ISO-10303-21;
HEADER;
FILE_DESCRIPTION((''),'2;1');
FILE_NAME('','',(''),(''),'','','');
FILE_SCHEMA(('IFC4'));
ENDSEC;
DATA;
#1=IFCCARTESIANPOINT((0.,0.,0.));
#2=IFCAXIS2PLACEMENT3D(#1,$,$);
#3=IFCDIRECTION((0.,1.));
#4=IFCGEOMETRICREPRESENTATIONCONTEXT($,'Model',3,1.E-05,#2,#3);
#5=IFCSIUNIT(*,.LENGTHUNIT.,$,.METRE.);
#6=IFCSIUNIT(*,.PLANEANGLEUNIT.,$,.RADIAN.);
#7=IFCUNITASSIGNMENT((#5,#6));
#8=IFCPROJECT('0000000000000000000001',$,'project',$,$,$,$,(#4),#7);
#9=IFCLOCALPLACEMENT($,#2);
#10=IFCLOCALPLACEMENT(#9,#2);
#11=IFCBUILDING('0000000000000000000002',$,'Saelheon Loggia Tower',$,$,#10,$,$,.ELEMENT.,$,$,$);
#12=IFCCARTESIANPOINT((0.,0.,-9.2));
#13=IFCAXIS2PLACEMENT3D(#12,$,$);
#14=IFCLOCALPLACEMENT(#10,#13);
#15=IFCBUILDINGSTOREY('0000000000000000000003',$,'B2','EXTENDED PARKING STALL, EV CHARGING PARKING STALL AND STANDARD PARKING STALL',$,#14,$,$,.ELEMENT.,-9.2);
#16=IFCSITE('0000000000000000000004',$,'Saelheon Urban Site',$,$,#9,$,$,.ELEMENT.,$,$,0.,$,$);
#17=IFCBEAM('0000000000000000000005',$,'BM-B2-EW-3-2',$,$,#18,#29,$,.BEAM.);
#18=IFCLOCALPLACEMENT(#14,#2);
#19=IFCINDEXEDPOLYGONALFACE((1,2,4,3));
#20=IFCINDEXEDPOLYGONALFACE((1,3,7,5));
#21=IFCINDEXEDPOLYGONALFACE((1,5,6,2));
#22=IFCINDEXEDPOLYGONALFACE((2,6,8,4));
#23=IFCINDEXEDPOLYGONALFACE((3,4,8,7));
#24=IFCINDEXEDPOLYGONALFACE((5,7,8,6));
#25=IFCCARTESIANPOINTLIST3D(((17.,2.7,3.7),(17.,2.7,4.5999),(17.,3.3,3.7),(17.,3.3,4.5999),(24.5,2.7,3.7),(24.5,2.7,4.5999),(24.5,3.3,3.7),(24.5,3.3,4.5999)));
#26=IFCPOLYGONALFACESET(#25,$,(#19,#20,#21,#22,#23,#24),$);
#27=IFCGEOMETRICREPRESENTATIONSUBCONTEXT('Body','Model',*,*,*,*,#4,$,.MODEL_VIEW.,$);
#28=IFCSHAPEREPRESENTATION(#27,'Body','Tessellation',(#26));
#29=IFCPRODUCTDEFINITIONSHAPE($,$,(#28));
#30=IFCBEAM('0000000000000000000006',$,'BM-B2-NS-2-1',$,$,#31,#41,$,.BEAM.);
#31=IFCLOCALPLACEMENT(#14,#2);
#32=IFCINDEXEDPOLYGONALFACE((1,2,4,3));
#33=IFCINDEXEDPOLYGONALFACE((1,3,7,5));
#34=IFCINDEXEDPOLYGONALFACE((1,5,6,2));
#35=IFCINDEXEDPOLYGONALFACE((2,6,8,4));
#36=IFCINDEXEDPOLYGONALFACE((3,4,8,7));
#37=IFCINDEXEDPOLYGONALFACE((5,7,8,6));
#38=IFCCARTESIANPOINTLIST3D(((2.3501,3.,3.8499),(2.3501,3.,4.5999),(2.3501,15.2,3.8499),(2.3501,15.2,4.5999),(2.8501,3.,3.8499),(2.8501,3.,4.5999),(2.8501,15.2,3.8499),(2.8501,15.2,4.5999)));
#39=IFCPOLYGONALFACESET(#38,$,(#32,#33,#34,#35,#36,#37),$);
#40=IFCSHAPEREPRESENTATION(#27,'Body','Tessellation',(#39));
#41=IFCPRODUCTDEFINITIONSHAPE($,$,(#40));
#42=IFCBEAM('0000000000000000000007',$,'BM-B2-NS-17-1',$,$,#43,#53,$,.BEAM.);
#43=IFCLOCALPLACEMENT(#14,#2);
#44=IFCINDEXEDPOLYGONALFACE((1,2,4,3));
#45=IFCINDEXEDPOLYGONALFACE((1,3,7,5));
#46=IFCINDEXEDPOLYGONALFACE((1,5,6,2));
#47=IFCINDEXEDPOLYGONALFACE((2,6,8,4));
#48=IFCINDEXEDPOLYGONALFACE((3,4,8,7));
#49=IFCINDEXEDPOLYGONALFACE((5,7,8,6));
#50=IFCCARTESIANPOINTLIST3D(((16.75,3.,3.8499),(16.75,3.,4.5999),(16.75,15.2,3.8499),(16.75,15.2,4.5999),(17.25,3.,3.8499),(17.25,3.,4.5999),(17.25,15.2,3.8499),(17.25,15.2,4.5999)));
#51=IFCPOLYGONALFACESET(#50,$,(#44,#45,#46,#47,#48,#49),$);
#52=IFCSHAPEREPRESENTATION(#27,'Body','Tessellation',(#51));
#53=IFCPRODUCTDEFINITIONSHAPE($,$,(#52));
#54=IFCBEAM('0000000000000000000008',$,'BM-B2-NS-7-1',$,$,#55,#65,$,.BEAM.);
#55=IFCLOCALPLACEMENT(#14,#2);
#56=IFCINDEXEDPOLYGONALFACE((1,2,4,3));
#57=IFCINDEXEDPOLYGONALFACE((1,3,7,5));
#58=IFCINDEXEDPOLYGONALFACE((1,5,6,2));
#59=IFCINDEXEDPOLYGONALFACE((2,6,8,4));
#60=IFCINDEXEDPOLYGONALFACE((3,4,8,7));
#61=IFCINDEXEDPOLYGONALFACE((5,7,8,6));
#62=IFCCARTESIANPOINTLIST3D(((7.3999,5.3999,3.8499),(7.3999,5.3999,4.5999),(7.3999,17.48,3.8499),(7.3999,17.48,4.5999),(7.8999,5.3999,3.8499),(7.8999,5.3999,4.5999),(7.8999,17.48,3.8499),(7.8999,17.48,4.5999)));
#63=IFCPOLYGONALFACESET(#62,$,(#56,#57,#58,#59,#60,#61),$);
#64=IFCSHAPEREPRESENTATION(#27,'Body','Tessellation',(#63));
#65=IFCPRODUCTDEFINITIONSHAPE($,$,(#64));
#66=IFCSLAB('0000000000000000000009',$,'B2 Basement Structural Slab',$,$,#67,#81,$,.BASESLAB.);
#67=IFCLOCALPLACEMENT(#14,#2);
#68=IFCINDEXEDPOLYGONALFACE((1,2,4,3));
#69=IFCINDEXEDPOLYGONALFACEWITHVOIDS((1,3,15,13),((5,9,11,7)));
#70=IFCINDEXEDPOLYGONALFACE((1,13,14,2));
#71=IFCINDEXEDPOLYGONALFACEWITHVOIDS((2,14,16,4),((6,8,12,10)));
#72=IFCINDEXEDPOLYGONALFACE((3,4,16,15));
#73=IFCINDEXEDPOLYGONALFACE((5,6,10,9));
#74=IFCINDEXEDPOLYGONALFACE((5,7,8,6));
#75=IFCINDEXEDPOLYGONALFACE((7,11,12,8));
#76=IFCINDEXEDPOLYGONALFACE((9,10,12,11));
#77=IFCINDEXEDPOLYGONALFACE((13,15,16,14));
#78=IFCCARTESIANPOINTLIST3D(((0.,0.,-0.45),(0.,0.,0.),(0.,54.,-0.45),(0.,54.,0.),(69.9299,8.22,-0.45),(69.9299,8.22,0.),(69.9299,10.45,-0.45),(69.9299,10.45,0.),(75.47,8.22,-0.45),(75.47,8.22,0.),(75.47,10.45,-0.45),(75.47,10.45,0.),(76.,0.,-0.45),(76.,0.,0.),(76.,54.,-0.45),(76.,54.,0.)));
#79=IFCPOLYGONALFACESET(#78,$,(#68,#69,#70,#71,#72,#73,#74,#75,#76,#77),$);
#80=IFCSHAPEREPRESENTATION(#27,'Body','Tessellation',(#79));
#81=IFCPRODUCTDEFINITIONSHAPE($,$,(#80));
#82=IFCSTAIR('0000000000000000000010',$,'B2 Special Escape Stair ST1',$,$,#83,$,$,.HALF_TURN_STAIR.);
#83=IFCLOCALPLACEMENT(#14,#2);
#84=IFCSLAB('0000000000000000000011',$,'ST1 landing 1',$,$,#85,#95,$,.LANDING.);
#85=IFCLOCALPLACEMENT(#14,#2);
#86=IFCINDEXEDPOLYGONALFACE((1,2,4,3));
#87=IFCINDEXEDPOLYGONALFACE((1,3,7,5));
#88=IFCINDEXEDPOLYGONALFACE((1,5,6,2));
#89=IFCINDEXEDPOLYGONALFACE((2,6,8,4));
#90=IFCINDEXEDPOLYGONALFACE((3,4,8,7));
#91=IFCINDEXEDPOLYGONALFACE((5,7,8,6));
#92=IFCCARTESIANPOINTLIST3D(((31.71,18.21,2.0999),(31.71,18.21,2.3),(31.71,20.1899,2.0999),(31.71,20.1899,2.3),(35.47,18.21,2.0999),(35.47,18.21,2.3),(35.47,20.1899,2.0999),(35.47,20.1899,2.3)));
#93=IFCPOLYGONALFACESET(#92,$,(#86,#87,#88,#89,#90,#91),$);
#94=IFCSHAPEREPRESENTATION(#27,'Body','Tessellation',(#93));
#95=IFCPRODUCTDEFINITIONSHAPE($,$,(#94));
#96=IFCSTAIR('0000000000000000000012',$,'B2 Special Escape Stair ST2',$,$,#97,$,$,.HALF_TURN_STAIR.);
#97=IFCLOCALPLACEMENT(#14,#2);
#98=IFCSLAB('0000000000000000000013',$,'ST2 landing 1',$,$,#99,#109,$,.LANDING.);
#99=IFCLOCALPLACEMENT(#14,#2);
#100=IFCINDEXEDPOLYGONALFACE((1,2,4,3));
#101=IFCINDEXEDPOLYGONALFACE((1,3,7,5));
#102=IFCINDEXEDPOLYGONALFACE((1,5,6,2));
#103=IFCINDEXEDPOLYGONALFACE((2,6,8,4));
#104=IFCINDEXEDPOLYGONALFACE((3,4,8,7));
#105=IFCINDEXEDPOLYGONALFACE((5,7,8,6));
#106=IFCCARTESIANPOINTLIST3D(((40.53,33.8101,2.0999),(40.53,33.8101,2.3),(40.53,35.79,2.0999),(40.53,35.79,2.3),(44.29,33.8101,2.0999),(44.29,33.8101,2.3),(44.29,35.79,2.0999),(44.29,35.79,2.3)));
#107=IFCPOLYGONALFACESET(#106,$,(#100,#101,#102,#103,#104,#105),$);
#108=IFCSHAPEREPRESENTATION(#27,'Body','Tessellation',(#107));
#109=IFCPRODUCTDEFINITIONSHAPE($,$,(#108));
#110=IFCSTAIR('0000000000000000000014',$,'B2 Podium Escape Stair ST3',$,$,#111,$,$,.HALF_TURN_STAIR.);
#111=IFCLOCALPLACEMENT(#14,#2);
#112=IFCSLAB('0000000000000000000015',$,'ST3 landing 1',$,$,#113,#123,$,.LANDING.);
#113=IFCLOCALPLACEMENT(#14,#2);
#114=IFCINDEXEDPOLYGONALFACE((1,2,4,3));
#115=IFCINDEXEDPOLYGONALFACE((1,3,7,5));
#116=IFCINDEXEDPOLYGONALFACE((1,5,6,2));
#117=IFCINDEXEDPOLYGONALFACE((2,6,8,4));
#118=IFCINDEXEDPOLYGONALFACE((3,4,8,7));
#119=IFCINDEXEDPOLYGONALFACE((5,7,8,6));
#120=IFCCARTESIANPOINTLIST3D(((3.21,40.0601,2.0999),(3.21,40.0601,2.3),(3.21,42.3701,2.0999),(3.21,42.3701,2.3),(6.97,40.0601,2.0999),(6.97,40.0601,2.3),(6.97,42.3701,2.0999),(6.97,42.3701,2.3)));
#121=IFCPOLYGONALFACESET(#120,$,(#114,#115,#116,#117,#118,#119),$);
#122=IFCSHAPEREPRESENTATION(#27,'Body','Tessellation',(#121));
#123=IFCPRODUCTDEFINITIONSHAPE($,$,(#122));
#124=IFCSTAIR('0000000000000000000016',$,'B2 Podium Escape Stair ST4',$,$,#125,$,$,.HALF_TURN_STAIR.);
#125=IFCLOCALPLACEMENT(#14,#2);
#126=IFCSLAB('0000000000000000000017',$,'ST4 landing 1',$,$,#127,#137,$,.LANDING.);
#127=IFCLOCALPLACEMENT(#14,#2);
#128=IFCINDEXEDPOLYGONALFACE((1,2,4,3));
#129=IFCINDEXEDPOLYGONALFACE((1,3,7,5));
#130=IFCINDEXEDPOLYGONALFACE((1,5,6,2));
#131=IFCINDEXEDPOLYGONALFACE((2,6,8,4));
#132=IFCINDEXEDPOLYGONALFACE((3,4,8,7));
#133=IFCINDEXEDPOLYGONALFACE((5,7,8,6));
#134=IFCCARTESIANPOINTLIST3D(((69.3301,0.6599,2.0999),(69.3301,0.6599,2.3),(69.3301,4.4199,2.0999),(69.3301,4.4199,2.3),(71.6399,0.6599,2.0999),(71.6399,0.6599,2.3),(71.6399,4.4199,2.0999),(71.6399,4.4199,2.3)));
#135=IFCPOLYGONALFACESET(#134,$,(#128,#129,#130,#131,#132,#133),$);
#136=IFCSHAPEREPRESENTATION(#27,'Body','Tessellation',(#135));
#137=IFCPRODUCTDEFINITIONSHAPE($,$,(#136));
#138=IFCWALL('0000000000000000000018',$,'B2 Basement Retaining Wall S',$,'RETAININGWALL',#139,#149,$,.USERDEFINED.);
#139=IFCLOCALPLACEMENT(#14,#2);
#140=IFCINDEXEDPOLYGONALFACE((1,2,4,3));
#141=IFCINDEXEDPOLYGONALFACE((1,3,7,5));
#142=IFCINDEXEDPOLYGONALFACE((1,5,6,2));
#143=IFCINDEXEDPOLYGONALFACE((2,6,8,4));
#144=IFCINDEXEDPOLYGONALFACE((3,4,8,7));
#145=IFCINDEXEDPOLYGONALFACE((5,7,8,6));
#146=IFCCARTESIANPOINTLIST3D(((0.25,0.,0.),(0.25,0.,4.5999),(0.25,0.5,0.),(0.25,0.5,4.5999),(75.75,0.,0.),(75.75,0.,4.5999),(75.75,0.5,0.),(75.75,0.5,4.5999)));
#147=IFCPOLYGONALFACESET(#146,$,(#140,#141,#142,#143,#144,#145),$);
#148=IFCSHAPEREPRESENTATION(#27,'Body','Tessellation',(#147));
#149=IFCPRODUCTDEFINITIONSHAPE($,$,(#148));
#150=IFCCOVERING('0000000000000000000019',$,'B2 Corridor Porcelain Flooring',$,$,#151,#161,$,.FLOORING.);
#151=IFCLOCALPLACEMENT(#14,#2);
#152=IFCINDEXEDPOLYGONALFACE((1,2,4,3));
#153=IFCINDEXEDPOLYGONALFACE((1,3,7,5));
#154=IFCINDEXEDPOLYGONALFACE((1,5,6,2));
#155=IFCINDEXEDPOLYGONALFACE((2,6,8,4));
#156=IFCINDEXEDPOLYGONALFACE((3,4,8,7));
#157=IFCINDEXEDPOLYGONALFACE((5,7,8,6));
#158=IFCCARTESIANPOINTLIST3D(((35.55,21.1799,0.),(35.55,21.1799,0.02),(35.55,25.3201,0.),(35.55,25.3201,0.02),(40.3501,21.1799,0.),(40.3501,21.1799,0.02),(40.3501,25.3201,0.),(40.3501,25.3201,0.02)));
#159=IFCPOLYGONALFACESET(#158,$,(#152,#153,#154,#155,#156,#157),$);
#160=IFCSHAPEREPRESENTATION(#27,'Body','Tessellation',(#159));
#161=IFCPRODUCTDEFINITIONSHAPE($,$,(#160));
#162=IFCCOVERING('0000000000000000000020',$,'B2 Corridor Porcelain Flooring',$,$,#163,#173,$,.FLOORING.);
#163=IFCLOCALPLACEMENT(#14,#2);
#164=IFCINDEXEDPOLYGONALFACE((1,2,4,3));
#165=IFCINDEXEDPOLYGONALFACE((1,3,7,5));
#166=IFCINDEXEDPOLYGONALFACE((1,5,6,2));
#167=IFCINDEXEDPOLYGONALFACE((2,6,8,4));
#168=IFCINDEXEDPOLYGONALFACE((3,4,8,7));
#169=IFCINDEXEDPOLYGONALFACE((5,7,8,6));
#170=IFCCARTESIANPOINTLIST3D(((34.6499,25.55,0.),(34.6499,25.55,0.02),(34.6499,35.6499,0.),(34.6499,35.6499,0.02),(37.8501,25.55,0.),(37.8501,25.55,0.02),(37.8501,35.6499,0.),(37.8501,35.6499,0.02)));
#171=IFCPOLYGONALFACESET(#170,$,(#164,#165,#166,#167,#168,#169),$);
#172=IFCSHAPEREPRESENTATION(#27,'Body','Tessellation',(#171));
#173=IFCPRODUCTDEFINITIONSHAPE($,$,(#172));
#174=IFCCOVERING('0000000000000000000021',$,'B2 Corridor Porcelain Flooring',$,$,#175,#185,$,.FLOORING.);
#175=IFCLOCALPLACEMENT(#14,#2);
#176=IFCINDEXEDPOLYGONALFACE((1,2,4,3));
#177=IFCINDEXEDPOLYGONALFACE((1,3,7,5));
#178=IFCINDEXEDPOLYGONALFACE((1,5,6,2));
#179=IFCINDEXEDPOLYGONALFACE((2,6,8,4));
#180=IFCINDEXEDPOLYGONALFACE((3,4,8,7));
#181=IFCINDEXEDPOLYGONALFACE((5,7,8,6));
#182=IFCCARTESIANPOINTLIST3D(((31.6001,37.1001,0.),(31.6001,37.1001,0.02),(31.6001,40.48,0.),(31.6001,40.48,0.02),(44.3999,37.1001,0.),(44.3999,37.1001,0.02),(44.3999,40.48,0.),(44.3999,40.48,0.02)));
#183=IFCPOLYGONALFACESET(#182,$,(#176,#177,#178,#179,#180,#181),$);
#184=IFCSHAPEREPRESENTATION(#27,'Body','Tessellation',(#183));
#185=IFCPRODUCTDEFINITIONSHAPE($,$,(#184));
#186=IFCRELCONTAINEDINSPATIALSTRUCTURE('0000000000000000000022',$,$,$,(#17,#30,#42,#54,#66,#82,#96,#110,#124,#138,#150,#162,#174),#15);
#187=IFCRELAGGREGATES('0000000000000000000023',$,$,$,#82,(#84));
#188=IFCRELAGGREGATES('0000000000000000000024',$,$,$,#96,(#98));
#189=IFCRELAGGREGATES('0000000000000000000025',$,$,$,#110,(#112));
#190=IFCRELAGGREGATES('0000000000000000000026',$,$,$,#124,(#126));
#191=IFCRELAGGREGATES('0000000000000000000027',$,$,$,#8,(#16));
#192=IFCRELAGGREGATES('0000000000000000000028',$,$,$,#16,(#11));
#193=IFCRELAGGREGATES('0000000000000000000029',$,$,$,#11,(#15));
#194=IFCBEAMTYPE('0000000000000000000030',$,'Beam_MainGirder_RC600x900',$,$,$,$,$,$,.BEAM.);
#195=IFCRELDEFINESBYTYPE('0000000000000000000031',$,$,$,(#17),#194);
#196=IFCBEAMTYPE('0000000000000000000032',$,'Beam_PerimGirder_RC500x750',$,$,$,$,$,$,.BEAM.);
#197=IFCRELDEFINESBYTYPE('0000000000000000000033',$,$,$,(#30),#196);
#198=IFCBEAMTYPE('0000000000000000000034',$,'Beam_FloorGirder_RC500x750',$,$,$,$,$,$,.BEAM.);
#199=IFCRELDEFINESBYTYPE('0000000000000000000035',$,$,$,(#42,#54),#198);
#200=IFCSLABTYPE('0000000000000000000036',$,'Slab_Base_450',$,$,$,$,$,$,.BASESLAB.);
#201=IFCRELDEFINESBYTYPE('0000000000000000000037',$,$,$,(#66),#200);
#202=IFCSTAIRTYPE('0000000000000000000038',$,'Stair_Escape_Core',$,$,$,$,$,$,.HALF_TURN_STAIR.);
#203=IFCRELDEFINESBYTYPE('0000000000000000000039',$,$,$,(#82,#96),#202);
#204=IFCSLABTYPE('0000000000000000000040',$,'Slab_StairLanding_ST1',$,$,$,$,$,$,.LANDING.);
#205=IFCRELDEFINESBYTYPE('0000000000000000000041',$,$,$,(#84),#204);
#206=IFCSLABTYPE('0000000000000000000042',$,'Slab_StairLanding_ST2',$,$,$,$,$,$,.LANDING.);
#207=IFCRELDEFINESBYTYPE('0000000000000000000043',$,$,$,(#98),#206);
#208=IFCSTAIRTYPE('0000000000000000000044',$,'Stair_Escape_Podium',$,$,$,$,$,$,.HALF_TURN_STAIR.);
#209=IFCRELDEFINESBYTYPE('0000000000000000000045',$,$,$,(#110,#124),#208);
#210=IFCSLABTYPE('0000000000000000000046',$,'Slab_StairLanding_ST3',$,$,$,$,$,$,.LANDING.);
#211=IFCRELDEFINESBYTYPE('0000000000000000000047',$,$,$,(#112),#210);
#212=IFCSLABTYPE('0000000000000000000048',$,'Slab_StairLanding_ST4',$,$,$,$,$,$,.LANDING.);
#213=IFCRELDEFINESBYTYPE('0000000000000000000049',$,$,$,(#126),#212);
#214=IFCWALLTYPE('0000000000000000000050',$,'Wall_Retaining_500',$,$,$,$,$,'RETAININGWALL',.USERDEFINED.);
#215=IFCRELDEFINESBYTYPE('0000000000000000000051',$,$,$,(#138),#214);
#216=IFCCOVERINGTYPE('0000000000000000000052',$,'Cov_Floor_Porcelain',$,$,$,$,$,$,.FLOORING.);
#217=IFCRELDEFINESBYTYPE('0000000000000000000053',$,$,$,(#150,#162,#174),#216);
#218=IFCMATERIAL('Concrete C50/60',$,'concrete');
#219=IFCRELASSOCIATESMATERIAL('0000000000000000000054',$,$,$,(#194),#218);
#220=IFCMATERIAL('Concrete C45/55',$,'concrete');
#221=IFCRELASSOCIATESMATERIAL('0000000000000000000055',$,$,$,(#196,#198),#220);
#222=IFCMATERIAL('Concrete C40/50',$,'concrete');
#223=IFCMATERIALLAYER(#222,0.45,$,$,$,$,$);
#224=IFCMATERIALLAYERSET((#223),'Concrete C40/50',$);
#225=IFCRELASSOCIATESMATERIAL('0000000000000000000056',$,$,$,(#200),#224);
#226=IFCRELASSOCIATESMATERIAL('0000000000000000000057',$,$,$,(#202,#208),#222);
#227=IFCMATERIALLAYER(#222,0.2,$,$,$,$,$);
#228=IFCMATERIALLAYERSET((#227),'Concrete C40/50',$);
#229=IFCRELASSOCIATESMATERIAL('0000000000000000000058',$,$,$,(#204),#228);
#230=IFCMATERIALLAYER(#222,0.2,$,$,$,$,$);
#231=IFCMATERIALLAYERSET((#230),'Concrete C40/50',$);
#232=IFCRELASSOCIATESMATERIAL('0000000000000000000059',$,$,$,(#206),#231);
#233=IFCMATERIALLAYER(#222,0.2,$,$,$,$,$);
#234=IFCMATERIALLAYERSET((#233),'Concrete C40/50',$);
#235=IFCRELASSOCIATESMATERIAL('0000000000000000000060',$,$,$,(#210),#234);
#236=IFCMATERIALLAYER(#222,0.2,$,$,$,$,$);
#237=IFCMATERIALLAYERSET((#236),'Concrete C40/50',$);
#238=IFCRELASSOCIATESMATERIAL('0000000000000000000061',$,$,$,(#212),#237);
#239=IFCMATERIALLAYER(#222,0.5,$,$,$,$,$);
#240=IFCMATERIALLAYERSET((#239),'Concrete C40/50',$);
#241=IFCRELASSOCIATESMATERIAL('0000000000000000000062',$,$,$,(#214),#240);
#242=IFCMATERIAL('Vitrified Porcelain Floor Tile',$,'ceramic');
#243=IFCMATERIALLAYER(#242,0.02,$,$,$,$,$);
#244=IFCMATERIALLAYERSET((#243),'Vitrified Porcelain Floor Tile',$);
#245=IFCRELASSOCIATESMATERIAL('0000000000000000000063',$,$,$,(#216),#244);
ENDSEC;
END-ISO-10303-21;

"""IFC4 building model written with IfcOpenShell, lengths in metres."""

from ifc_helpers import new_model, si_unit, direction, frame, frame_2d, origin, origin_2d, place, context, subcontext, project, spatial, polyline, rectangle, outline, extrude, source, transform, mapped, material, layer, layer_set, material_profile, profile_set, type_object, element, aggregate, save


model = new_model("IFC4")

# Units and contexts
model_context = context("Model", 3, precision=1e-05, world=origin(), true_north=direction((0.0, 1.0)))
body_context = subcontext(model_context, "Body", "Model", "MODEL_VIEW")
ifc_project = project(units=[si_unit("LENGTHUNIT", "METRE"), si_unit("PLANEANGLEUNIT", "RADIAN")], contexts=[model_context])

# Site, building, storey
site_placement = place(None, origin())
site = spatial("IfcSite", under=ifc_project, at=site_placement, Name="Saelheon Urban Site", CompositionType="ELEMENT", RefElevation=0.0)
building_placement = place(site_placement, origin())
building = spatial("IfcBuilding", under=site, at=building_placement, Name="Saelheon Loggia Tower", CompositionType="ELEMENT")
storey_placement = place(building_placement, frame((0.0, 0.0, -9.2)))
storey = spatial("IfcBuildingStorey", under=building, at=storey_placement, Name="B2", Description="EXTENDED PARKING STALL, EV CHARGING PARKING STALL AND STANDARD PARKING STALL", CompositionType="ELEMENT", Elevation=-9.2)

# Shared definitions
ifc_material_1 = material(Name="Concrete C50/60", Category="concrete")

# Shared definitions
ifc_material_2 = material(Name="Concrete C45/55", Category="concrete")

# Beams
ifc_material_profile_1 = material_profile(ifc_material_1, rectangle(XDim=0.6001, YDim=0.8999, at=origin_2d()), Name="RC-600x900")
ifc_profile_set_1 = profile_set([ifc_material_profile_1], Name="Concrete C50/60")
beam_type_1 = type_object("IfcBeamType", Name="Beam_MainGirder_RC600x900", PredefinedType="BEAM", material=ifc_profile_set_1)
shared_shape_1 = source(origin(), body_context, "Body", "SweptSolid", [
    extrude(rectangle(XDim=0.6001, YDim=0.8999, at=origin_2d()), origin(), (0.0, 0.0, 1.0), 7.5),
])
beam_1_placement = place(storey_placement, frame((17.0, 3.0, 4.1499), z_axis=(1.0, 0.0, 0.0), x_axis=(0.0, 1.0, 0.0)))
element("IfcBeam", 1, at=beam_1_placement, inside=storey, type_object=beam_type_1, Name="BM-B2-EW-3-2", PredefinedType="BEAM", context=body_context, shape_type="MappedRepresentation", body=[
    mapped(shared_shape_1, transform((0.0, 0.0, 0.0), scale=1.0)),
])
ifc_material_profile_2 = material_profile(ifc_material_2, rectangle(XDim=0.5, YDim=0.75, at=origin_2d()), Name="RC-500x750")
ifc_profile_set_2 = profile_set([ifc_material_profile_2], Name="Concrete C45/55")
beam_type_2 = type_object("IfcBeamType", Name="Beam_PerimGirder_RC500x750", PredefinedType="BEAM", material=ifc_profile_set_2)
shared_shape_2 = source(origin(), body_context, "Body", "SweptSolid", [
    extrude(rectangle(XDim=0.5, YDim=0.75, at=origin_2d()), origin(), (0.0, 0.0, 1.0), 12.2),
])
beam_2_placement = place(storey_placement, frame((2.6001, 3.0, 4.2249), z_axis=(0.0, 1.0, 0.0), x_axis=(-1.0, 0.0, 0.0)))
element("IfcBeam", 2, at=beam_2_placement, inside=storey, type_object=beam_type_2, Name="BM-B2-NS-2-1", PredefinedType="BEAM", context=body_context, shape_type="MappedRepresentation", body=[
    mapped(shared_shape_2, transform((0.0, 0.0, 0.0), scale=1.0)),
])
ifc_material_profile_3 = material_profile(ifc_material_2, rectangle(XDim=0.5, YDim=0.75, at=origin_2d()), Name="RC-500x750")
ifc_profile_set_3 = profile_set([ifc_material_profile_3], Name="Concrete C45/55")
beam_type_3 = type_object("IfcBeamType", Name="Beam_FloorGirder_RC500x750", PredefinedType="BEAM", material=ifc_profile_set_3)
beam_3_placement = place(storey_placement, frame((17.0, 3.0, 4.2249), z_axis=(0.0, 1.0, 0.0), x_axis=(-1.0, 0.0, 0.0)))
element("IfcBeam", 3, at=beam_3_placement, inside=storey, type_object=beam_type_3, Name="BM-B2-NS-17-1", PredefinedType="BEAM", context=body_context, shape_type="MappedRepresentation", body=[
    mapped(shared_shape_2, transform((0.0, 0.0, 0.0), scale=1.0)),
])
shared_shape_3 = source(origin(), body_context, "Body", "SweptSolid", [
    extrude(rectangle(XDim=0.5, YDim=0.75, at=origin_2d()), origin(), (0.0, 0.0, 1.0), 12.0801),
])
beam_4_placement = place(storey_placement, frame((7.6499, 5.3999, 4.2249), z_axis=(0.0, 1.0, 0.0), x_axis=(-1.0, 0.0, 0.0)))
element("IfcBeam", 4, at=beam_4_placement, inside=storey, type_object=beam_type_3, Name="BM-B2-NS-7-1", PredefinedType="BEAM", context=body_context, shape_type="MappedRepresentation", body=[
    mapped(shared_shape_3, transform((0.0, 0.0, 0.0), scale=1.0)),
])

# Slab
ifc_material_3 = material(Name="Concrete C40/50", Category="concrete")
ifc_layer_1 = layer(ifc_material_3, 0.45)
ifc_layer_set_1 = layer_set([ifc_layer_1], Name="Concrete C40/50")
slab_type_1 = type_object("IfcSlabType", Name="Slab_Base_450", PredefinedType="BASESLAB", material=ifc_layer_set_1)
slab_1_placement = place(storey_placement, frame((0.0, 0.0, -0.45)))
element("IfcSlab", 5, at=slab_1_placement, inside=storey, type_object=slab_type_1, Name="B2 Basement Structural Slab", PredefinedType="BASESLAB", context=body_context, shape_type="SweptSolid", body=[
    extrude(outline(polyline([(0.0, 0.0), (76.0, 0.0), (76.0, 54.0), (0.0, 54.0), (0.0, 0.0)]), holes=[polyline([(69.9299, 8.22), (75.47, 8.22), (75.47, 10.45), (69.9299, 10.45), (69.9299, 8.22)])]), origin(), (0.0, 0.0, 1.0), 0.45),
])

# Stairs, slabs
stair_type_1 = type_object("IfcStairType", Name="Stair_Escape_Core", PredefinedType="HALF_TURN_STAIR", material=ifc_material_3)
stair_1_placement = place(storey_placement, origin())
stair_1 = element("IfcStair", 6, at=stair_1_placement, inside=storey, type_object=stair_type_1, Name="B2 Special Escape Stair ST1", PredefinedType="HALF_TURN_STAIR")
ifc_layer_2 = layer(ifc_material_3, 0.2)
ifc_layer_set_2 = layer_set([ifc_layer_2], Name="Concrete C40/50")
slab_type_2 = type_object("IfcSlabType", Name="Slab_StairLanding_ST1", PredefinedType="LANDING", material=ifc_layer_set_2)
slab_2_placement = place(storey_placement, frame((0.0, 0.0, 2.0999)))
slab_2 = element("IfcSlab", 7, at=slab_2_placement, type_object=slab_type_2, Name="ST1 landing 1", PredefinedType="LANDING", context=body_context, shape_type="SweptSolid", body=[
    extrude(outline(polyline([(31.71, 20.1899), (31.71, 18.21), (35.47, 18.21), (35.47, 20.1899), (31.71, 20.1899)])), origin(), (0.0, 0.0, 1.0), 0.2002),
])
aggregate(stair_1, [slab_2])
stair_2_placement = place(storey_placement, origin())
stair_2 = element("IfcStair", 8, at=stair_2_placement, inside=storey, type_object=stair_type_1, Name="B2 Special Escape Stair ST2", PredefinedType="HALF_TURN_STAIR")
ifc_layer_3 = layer(ifc_material_3, 0.2)
ifc_layer_set_3 = layer_set([ifc_layer_3], Name="Concrete C40/50")
slab_type_3 = type_object("IfcSlabType", Name="Slab_StairLanding_ST2", PredefinedType="LANDING", material=ifc_layer_set_3)
slab_3_placement = place(storey_placement, frame((0.0, 0.0, 2.0999)))
slab_3 = element("IfcSlab", 9, at=slab_3_placement, type_object=slab_type_3, Name="ST2 landing 1", PredefinedType="LANDING", context=body_context, shape_type="SweptSolid", body=[
    extrude(outline(polyline([(44.29, 33.8101), (44.29, 35.79), (40.53, 35.79), (40.53, 33.8101), (44.29, 33.8101)])), origin(), (0.0, 0.0, 1.0), 0.2002),
])
aggregate(stair_2, [slab_3])
stair_type_2 = type_object("IfcStairType", Name="Stair_Escape_Podium", PredefinedType="HALF_TURN_STAIR", material=ifc_material_3)
stair_3_placement = place(storey_placement, origin())
stair_3 = element("IfcStair", 10, at=stair_3_placement, inside=storey, type_object=stair_type_2, Name="B2 Podium Escape Stair ST3", PredefinedType="HALF_TURN_STAIR")
ifc_layer_4 = layer(ifc_material_3, 0.2)
ifc_layer_set_4 = layer_set([ifc_layer_4], Name="Concrete C40/50")
slab_type_4 = type_object("IfcSlabType", Name="Slab_StairLanding_ST3", PredefinedType="LANDING", material=ifc_layer_set_4)
slab_4_placement = place(storey_placement, frame((0.0, 0.0, 2.0999)))
slab_4 = element("IfcSlab", 11, at=slab_4_placement, type_object=slab_type_4, Name="ST3 landing 1", PredefinedType="LANDING", context=body_context, shape_type="SweptSolid", body=[
    extrude(outline(polyline([(3.21, 42.3701), (3.21, 40.0601), (6.97, 40.0601), (6.97, 42.3701), (3.21, 42.3701)])), origin(), (0.0, 0.0, 1.0), 0.2002),
])
aggregate(stair_3, [slab_4])
stair_4_placement = place(storey_placement, origin())
stair_4 = element("IfcStair", 12, at=stair_4_placement, inside=storey, type_object=stair_type_2, Name="B2 Podium Escape Stair ST4", PredefinedType="HALF_TURN_STAIR")
ifc_layer_5 = layer(ifc_material_3, 0.2)
ifc_layer_set_5 = layer_set([ifc_layer_5], Name="Concrete C40/50")
slab_type_5 = type_object("IfcSlabType", Name="Slab_StairLanding_ST4", PredefinedType="LANDING", material=ifc_layer_set_5)
slab_5_placement = place(storey_placement, frame((0.0, 0.0, 2.0999)))
slab_5 = element("IfcSlab", 13, at=slab_5_placement, type_object=slab_type_5, Name="ST4 landing 1", PredefinedType="LANDING", context=body_context, shape_type="SweptSolid", body=[
    extrude(outline(polyline([(69.3301, 0.6599), (71.6399, 0.6599), (71.6399, 4.4199), (69.3301, 4.4199), (69.3301, 0.6599)])), origin(), (0.0, 0.0, 1.0), 0.2002),
])
aggregate(stair_4, [slab_5])

# Wall
ifc_layer_6 = layer(ifc_material_3, 0.5)
ifc_layer_set_6 = layer_set([ifc_layer_6], Name="Concrete C40/50")
wall_type = type_object("IfcWallType", Name="Wall_Retaining_500", ElementType="RETAININGWALL", PredefinedType="USERDEFINED", material=ifc_layer_set_6)
wall_placement = place(storey_placement, frame((0.25, 0.25, 0.0), z_axis=(0.0, 0.0, 1.0), x_axis=(1.0, 0.0, 0.0)))
element("IfcWall", 14, at=wall_placement, inside=storey, type_object=wall_type, Name="B2 Basement Retaining Wall S", ObjectType="RETAININGWALL", PredefinedType="USERDEFINED", context=body_context, shape_type="SweptSolid", body=[
    extrude(rectangle(XDim=75.5, YDim=0.5, at=frame_2d((37.75, 0.0))), origin(), (0.0, 0.0, 1.0), 4.5999),
])

# Coverings
ifc_material_4 = material(Name="Vitrified Porcelain Floor Tile", Category="ceramic")
ifc_layer_7 = layer(ifc_material_4, 0.02)
ifc_layer_set_7 = layer_set([ifc_layer_7], Name="Vitrified Porcelain Floor Tile")
covering_type = type_object("IfcCoveringType", Name="Cov_Floor_Porcelain", PredefinedType="FLOORING", material=ifc_layer_set_7)
covering_1_placement = place(storey_placement, origin())
element("IfcCovering", 15, at=covering_1_placement, inside=storey, type_object=covering_type, Name="B2 Corridor Porcelain Flooring", PredefinedType="FLOORING", context=body_context, shape_type="SweptSolid", body=[
    extrude(outline(polyline([(35.55, 21.1799), (40.3501, 21.1799), (40.3501, 25.3201), (35.55, 25.3201), (35.55, 21.1799)])), origin(), (0.0, 0.0, 1.0), 0.02),
])
covering_2_placement = place(storey_placement, origin())
element("IfcCovering", 16, at=covering_2_placement, inside=storey, type_object=covering_type, Name="B2 Corridor Porcelain Flooring", PredefinedType="FLOORING", context=body_context, shape_type="SweptSolid", body=[
    extrude(outline(polyline([(34.6499, 25.55), (37.8501, 25.55), (37.8501, 35.6499), (34.6499, 35.6499), (34.6499, 25.55)])), origin(), (0.0, 0.0, 1.0), 0.02),
])
covering_3_placement = place(storey_placement, origin())
element("IfcCovering", 17, at=covering_3_placement, inside=storey, type_object=covering_type, Name="B2 Corridor Porcelain Flooring", PredefinedType="FLOORING", context=body_context, shape_type="SweptSolid", body=[
    extrude(outline(polyline([(31.6001, 37.1001), (44.3999, 37.1001), (44.3999, 40.48), (31.6001, 40.48), (31.6001, 37.1001)])), origin(), (0.0, 0.0, 1.0), 0.02),
])

save(model, "model.ifc")
